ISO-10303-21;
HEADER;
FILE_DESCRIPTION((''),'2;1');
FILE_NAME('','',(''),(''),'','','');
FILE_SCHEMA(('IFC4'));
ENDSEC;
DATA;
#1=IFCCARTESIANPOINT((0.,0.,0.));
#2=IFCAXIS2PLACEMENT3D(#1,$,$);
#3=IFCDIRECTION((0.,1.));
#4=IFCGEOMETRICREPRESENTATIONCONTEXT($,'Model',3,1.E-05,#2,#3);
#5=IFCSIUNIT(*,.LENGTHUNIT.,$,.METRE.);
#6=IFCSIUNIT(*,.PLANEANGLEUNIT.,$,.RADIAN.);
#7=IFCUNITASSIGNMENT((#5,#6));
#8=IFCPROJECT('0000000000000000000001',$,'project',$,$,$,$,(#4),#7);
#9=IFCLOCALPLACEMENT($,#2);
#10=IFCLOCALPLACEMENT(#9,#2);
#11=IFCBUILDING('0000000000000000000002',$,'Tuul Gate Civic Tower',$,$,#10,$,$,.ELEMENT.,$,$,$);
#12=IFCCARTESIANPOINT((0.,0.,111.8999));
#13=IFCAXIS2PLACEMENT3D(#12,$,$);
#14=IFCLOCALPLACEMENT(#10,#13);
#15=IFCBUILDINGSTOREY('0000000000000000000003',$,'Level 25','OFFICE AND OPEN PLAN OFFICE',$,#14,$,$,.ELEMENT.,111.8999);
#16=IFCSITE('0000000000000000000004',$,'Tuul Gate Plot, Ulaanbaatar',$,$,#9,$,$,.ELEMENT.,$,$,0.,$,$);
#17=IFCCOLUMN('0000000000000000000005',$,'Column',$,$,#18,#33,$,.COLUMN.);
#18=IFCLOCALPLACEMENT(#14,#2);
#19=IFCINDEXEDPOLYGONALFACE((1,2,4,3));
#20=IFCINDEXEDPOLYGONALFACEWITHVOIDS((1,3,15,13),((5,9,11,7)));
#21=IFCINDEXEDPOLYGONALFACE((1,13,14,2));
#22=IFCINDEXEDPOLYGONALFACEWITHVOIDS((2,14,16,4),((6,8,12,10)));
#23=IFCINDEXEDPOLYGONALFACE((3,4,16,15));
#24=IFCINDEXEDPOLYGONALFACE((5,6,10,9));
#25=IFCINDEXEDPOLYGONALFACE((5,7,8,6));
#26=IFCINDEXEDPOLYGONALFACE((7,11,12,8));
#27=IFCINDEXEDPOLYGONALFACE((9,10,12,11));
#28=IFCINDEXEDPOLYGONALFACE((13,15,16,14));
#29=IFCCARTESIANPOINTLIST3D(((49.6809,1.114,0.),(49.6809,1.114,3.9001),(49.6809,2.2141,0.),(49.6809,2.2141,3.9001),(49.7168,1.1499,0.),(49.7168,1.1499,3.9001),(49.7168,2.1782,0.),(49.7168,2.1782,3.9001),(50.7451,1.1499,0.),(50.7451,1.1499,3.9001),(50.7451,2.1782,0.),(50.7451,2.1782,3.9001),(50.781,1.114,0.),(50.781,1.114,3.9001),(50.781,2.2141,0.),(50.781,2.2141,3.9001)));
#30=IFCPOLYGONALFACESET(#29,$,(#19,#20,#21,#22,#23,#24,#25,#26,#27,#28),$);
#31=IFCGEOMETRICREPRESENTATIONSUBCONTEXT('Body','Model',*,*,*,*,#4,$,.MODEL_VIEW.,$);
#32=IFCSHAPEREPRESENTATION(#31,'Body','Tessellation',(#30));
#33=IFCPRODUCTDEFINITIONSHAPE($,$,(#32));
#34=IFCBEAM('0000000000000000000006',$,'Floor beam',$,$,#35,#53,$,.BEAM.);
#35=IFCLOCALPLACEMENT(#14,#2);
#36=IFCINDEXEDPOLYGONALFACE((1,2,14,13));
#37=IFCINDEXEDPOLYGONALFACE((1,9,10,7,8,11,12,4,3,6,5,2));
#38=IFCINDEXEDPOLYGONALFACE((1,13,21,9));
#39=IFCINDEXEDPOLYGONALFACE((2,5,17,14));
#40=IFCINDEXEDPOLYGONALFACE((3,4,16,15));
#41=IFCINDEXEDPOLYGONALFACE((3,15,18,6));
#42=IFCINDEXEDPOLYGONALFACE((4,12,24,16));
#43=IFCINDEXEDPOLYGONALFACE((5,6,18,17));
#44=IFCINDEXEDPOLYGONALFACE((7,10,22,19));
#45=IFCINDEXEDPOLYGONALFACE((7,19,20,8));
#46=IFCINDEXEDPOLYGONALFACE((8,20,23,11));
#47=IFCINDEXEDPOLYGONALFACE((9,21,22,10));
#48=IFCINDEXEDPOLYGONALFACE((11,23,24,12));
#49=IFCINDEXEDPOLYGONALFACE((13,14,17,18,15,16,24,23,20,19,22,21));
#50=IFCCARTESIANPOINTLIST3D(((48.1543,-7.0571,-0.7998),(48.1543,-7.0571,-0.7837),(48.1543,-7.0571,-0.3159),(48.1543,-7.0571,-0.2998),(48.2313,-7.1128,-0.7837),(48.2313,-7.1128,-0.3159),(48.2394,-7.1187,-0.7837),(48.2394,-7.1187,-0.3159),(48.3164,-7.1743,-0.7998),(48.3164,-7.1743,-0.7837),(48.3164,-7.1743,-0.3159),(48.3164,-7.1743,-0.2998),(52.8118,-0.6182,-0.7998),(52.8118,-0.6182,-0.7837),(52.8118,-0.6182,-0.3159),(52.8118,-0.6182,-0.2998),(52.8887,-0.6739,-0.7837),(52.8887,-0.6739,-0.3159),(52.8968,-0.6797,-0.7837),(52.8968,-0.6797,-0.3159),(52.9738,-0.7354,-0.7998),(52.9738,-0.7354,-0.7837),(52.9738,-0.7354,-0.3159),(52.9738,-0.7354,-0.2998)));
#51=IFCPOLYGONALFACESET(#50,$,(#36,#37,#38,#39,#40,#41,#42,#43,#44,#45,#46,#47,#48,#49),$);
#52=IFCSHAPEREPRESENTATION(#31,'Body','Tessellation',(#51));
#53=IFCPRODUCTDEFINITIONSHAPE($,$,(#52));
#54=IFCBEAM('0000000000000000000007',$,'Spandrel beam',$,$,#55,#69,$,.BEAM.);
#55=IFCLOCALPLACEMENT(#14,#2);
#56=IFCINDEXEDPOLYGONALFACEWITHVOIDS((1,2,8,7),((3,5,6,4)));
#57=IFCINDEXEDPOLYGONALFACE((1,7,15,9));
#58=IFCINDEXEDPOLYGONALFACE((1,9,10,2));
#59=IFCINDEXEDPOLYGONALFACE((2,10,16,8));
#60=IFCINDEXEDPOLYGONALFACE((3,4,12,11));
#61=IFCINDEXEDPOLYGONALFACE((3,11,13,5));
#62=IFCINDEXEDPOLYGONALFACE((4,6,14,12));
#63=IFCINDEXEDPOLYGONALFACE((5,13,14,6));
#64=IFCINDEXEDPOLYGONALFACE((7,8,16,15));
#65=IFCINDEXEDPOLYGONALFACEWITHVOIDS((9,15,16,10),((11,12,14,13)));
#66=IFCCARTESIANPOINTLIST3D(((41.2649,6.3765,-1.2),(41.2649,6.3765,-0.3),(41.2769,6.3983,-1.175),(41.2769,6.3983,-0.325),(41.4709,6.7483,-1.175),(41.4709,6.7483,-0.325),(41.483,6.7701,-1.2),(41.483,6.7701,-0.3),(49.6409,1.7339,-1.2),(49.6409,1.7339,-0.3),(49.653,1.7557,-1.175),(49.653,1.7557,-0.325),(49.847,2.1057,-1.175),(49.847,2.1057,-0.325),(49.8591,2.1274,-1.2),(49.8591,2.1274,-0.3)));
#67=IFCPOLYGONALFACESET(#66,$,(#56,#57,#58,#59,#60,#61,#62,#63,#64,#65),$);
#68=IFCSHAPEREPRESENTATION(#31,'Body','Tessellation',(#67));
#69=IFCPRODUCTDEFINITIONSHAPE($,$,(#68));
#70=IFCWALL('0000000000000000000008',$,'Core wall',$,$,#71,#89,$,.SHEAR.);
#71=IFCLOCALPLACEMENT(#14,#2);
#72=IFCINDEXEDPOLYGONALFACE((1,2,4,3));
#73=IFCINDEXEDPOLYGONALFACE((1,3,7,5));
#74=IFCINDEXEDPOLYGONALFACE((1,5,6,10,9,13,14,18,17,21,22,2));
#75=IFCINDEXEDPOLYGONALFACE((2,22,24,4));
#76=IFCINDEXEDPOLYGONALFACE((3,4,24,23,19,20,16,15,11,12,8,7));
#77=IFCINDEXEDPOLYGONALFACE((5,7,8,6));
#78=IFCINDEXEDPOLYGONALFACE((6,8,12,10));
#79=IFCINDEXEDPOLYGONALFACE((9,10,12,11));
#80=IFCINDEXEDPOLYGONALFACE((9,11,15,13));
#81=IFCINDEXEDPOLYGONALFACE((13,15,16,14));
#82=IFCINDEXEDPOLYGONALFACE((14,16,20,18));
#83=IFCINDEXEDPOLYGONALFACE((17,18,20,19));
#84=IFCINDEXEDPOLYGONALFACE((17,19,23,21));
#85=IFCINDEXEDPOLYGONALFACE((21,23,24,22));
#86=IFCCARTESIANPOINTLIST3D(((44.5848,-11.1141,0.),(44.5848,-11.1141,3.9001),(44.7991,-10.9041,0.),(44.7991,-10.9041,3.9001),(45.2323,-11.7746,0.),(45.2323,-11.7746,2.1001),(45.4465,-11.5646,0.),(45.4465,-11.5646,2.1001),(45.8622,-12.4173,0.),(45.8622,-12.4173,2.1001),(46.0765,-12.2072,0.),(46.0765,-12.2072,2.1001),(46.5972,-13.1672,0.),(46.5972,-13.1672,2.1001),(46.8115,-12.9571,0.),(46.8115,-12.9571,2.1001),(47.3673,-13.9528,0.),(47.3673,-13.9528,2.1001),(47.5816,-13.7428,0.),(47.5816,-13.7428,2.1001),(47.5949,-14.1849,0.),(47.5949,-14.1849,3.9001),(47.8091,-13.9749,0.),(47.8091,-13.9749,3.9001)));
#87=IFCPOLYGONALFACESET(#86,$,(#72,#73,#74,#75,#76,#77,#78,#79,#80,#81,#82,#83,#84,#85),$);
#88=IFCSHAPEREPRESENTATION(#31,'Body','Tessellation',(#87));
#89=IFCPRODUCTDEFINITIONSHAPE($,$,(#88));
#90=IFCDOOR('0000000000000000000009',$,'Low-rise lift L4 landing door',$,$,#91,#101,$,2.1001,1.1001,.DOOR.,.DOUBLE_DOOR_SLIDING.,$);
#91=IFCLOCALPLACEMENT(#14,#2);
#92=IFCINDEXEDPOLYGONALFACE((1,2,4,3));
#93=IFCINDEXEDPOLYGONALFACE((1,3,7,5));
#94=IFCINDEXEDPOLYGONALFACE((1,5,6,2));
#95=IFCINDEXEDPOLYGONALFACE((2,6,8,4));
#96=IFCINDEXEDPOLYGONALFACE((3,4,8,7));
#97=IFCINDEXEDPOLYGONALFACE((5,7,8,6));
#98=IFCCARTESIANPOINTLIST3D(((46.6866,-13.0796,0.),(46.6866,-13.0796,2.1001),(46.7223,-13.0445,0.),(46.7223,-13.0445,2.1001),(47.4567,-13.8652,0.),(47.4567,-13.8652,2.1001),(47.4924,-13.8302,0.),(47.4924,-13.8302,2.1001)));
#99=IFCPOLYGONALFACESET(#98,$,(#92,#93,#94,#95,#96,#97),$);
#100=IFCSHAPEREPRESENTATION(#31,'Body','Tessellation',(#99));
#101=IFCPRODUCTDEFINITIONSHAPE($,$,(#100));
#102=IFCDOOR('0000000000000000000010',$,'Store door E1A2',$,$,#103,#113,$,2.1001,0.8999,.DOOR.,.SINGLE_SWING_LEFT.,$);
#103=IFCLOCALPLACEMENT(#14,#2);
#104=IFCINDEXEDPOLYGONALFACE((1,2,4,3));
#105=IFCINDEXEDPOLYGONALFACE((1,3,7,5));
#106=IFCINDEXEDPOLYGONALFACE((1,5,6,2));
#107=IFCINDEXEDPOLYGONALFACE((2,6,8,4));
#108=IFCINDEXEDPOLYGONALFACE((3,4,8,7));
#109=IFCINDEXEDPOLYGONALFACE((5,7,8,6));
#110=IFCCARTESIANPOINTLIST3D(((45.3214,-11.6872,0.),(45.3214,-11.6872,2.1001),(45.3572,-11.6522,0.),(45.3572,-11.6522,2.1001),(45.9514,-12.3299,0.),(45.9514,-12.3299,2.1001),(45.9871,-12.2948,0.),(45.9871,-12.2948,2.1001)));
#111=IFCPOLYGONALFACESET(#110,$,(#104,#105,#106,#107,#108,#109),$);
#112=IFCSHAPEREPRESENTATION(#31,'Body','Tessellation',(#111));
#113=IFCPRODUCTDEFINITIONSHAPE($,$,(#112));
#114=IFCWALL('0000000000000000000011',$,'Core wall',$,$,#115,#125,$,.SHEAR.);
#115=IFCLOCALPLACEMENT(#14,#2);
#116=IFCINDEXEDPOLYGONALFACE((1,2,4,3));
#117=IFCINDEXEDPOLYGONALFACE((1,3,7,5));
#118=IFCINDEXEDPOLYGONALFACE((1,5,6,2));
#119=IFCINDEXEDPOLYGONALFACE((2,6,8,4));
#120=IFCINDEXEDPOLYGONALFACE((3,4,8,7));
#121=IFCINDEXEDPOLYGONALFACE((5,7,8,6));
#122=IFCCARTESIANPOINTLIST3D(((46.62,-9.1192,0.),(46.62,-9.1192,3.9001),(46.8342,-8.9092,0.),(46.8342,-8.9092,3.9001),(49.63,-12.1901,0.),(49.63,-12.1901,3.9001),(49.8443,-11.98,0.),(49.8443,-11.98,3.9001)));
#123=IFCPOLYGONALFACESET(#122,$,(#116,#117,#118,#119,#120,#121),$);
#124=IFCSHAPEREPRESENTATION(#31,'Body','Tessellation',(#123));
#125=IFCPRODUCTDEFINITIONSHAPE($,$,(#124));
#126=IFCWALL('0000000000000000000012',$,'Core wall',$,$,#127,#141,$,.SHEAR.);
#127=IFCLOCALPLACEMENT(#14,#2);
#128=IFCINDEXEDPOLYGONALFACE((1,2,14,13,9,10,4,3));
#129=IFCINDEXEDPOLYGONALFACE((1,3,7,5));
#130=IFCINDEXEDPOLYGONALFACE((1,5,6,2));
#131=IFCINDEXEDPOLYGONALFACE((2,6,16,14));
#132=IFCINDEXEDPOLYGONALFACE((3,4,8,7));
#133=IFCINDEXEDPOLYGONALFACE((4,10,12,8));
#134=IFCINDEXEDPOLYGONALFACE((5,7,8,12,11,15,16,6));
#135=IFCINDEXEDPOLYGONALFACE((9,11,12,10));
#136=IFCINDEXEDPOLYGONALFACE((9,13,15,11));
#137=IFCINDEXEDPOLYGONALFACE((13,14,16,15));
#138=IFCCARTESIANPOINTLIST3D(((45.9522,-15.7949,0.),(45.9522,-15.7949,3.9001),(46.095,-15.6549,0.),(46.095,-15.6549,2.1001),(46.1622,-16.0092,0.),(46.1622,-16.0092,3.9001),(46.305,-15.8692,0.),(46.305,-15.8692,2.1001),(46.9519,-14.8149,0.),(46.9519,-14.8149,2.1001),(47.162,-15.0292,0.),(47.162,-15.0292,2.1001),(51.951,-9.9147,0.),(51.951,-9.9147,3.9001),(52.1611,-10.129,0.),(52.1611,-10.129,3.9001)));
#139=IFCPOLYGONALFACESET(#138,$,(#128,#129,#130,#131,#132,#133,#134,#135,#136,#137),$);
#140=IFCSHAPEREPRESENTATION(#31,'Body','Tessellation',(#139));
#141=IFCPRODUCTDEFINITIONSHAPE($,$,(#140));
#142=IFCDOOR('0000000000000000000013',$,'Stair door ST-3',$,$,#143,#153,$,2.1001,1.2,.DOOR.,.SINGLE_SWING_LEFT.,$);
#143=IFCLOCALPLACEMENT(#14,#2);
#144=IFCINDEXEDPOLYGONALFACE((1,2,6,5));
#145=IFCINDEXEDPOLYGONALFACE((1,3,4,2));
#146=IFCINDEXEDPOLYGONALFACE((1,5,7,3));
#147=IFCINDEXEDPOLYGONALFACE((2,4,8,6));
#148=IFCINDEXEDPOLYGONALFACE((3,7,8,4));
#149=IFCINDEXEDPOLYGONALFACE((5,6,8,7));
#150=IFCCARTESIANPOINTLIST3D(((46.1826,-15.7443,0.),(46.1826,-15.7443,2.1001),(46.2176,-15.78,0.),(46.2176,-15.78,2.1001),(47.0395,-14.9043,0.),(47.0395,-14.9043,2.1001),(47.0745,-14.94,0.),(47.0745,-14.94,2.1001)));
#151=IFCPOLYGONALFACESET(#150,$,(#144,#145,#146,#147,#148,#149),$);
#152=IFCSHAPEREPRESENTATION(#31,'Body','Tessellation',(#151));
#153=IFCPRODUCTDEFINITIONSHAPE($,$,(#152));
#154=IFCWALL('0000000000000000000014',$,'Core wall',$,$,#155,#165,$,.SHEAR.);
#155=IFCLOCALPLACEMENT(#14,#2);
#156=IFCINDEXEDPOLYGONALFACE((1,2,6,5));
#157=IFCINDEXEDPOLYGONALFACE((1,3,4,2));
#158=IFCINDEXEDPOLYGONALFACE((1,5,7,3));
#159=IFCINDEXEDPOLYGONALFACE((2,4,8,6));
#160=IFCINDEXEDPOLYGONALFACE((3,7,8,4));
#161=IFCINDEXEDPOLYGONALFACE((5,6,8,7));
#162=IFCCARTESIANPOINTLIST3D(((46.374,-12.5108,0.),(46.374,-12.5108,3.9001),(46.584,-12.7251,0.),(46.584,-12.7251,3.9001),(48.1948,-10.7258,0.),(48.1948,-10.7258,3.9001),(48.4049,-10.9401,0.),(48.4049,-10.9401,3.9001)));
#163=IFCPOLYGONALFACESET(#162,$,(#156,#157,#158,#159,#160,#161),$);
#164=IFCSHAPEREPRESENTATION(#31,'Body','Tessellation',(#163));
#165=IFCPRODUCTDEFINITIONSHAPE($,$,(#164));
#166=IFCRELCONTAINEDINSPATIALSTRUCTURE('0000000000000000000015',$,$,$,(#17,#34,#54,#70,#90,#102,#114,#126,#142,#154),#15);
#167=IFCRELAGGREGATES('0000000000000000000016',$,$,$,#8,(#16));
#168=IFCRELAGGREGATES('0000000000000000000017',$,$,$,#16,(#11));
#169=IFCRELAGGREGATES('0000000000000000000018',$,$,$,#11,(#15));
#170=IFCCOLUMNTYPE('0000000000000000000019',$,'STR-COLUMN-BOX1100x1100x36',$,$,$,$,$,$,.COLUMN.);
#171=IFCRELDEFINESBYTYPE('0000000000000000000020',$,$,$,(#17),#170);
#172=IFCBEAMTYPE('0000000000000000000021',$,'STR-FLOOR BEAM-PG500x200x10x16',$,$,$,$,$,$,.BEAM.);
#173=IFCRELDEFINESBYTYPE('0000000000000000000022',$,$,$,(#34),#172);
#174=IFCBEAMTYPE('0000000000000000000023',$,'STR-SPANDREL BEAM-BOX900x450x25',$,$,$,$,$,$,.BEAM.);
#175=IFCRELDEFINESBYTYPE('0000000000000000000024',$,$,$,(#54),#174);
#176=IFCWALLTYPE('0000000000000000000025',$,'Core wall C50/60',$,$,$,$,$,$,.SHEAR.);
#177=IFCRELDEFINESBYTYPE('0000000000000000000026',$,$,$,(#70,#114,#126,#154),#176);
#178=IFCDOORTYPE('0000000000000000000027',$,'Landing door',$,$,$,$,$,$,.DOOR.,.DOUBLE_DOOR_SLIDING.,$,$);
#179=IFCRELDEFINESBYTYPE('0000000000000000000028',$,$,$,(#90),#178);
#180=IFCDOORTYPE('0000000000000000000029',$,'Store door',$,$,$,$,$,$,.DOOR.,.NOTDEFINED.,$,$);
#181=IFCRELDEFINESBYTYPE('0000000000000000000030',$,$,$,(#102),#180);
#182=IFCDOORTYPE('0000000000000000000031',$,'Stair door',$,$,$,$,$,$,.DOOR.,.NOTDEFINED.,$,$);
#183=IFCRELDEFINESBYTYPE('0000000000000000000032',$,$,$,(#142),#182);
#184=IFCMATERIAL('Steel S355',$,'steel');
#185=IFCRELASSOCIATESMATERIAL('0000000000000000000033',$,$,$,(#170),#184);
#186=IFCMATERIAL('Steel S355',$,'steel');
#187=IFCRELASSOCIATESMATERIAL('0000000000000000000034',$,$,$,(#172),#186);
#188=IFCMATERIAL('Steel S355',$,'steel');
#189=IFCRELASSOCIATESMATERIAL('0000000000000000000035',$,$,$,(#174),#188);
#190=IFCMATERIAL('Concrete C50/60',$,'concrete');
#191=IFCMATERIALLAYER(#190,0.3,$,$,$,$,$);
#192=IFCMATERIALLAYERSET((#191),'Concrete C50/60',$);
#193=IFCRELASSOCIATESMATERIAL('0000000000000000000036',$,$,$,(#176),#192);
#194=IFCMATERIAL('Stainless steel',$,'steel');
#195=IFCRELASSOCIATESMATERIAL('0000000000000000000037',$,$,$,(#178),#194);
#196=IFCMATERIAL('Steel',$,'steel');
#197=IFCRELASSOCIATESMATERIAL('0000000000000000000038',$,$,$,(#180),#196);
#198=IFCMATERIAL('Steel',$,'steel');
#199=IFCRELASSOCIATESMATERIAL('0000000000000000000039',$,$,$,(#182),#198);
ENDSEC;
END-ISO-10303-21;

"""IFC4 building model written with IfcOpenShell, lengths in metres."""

from ifc_helpers import new_model, si_unit, direction, frame, frame_2d, origin, origin_2d, place, context, subcontext, project, spatial, rectangle, hollow_rectangle, i_section, extrude, material, layer, layer_set, material_profile, profile_set, type_object, element, fill, save


model = new_model("IFC4")

# Units and contexts
model_context = context("Model", 3, precision=1e-05, world=origin(), true_north=direction((0.0, 1.0)))
body_context = subcontext(model_context, "Body", "Model", "MODEL_VIEW")
ifc_project = project(units=[si_unit("LENGTHUNIT", "METRE"), si_unit("PLANEANGLEUNIT", "RADIAN")], contexts=[model_context])

# Site, building, storey
site_placement = place(None, origin())
site = spatial("IfcSite", under=ifc_project, at=site_placement, Name="Tuul Gate Plot, Ulaanbaatar", CompositionType="ELEMENT", RefElevation=0.0)
building_placement = place(site_placement, origin())
building = spatial("IfcBuilding", under=site, at=building_placement, Name="Tuul Gate Civic Tower", CompositionType="ELEMENT")
storey_placement = place(building_placement, frame((0.0, 0.0, 111.8999)))
storey = spatial("IfcBuildingStorey", under=building, at=storey_placement, Name="Level 25", Description="OFFICE AND OPEN PLAN OFFICE", CompositionType="ELEMENT", Elevation=111.8999)

# Column
ifc_material_1 = material(Name="Steel S355", Category="steel")
ifc_material_profile_1 = material_profile(ifc_material_1, hollow_rectangle(XDim=1.1001, YDim=1.1001, WallThickness=0.0359, at=origin_2d()), Name="BOX1100x1100x36")
ifc_profile_set_1 = profile_set([ifc_material_profile_1], Name="Steel S355")
column_type = type_object("IfcColumnType", Name="STR-COLUMN-BOX1100x1100x36", PredefinedType="COLUMN", material=ifc_profile_set_1)
column_placement = place(storey_placement, frame((50.231, 1.6641, 0.0), z_axis=(0.0, 0.0, 1.0), x_axis=(1.0, 0.0, 0.0)))
element("IfcColumn", 1, at=column_placement, inside=storey, type_object=column_type, Name="Column", PredefinedType="COLUMN", context=body_context, shape_type="SweptSolid", body=[
    extrude(hollow_rectangle(XDim=1.1001, YDim=1.1001, WallThickness=0.0359, at=origin_2d()), origin(), (0.0, 0.0, 1.0), 3.9001),
])

# Beams
ifc_material_2 = material(Name="Steel S355", Category="steel")
ifc_material_profile_2 = material_profile(ifc_material_2, i_section(OverallWidth=0.2, OverallDepth=0.5, WebThickness=0.01, FlangeThickness=0.0161, at=origin_2d()), Name="PG500x200x10x16")
ifc_profile_set_2 = profile_set([ifc_material_profile_2], Name="Steel S355")
beam_type_1 = type_object("IfcBeamType", Name="STR-FLOOR BEAM-PG500x200x10x16", PredefinedType="BEAM", material=ifc_profile_set_2)
beam_1_placement = place(storey_placement, frame((48.2354, -7.1157, -0.5498), z_axis=(0.586078, 0.810255, 0.0), x_axis=(-0.810255, 0.586078, 0.0)))
element("IfcBeam", 2, at=beam_1_placement, inside=storey, type_object=beam_type_1, Name="Floor beam", PredefinedType="BEAM", context=body_context, shape_type="SweptSolid", body=[
    extrude(i_section(OverallWidth=0.2, OverallDepth=0.5, WebThickness=0.01, FlangeThickness=0.0161, at=origin_2d()), origin(), (0.0, 0.0, 1.0), 7.9468),
])
ifc_material_3 = material(Name="Steel S355", Category="steel")
ifc_material_profile_3 = material_profile(ifc_material_3, hollow_rectangle(XDim=0.45, YDim=0.8999, WallThickness=0.0249, at=origin_2d()), Name="BOX900x450x25")
ifc_profile_set_3 = profile_set([ifc_material_profile_3], Name="Steel S355")
beam_type_2 = type_object("IfcBeamType", Name="STR-SPANDREL BEAM-BOX900x450x25", PredefinedType="BEAM", material=ifc_profile_set_3)
beam_2_placement = place(storey_placement, frame((49.75, 1.9307, -0.75), z_axis=(-0.874633, 0.484786, 0.0), x_axis=(-0.484786, -0.874633, 0.0)))
element("IfcBeam", 3, at=beam_2_placement, inside=storey, type_object=beam_type_2, Name="Spandrel beam", PredefinedType="BEAM", context=body_context, shape_type="SweptSolid", body=[
    extrude(hollow_rectangle(XDim=0.45, YDim=0.8999, WallThickness=0.0249, at=origin_2d()), origin(), (0.0, 0.0, 1.0), 9.5767),
])

# Wall, openings, doors
ifc_material_4 = material(Name="Concrete C50/60", Category="concrete")
ifc_layer_1 = layer(ifc_material_4, 0.3)
ifc_layer_set_1 = layer_set([ifc_layer_1], Name="Concrete C50/60")
wall_type_1 = type_object("IfcWallType", Name="Core wall C50/60", PredefinedType="SHEAR", material=ifc_layer_set_1)
wall_1_placement = place(storey_placement, frame((47.7019, -14.0798, 0.0), z_axis=(0.0, 0.0, 1.0), x_axis=(-0.700003, 0.71414, 0.0)))
wall_1 = element("IfcWall", 4, at=wall_1_placement, inside=storey, type_object=wall_type_1, Name="Core wall", PredefinedType="SHEAR", context=body_context, shape_type="SweptSolid", body=[
    extrude(rectangle(XDim=4.3, YDim=0.3, at=frame_2d((2.1499, 0.0))), origin(), (0.0, 0.0, 1.0), 3.9001),
])
opening_1_placement = place(wall_1_placement, frame((0.325, 0.0, 0.0)))
opening_1 = element("IfcOpeningElement", 5, at=opening_1_placement, cuts=wall_1, PredefinedType="OPENING", context=body_context, shape_type="SweptSolid", body=[
    extrude(rectangle(XDim=1.1001, YDim=2.1001, at=frame_2d((0.55, 1.05))), frame((0.0, 0.1602, 0.0), z_axis=(0.0, -1.0, 0.0), x_axis=(1.0, 0.0, 0.0)), (0.0, 0.0, 1.0), 0.3201),
])
opening_2_placement = place(wall_1_placement, frame((2.4751, 0.0, 0.0)))
opening_2 = element("IfcOpeningElement", 6, at=opening_2_placement, cuts=wall_1, PredefinedType="OPENING", context=body_context, shape_type="SweptSolid", body=[
    extrude(rectangle(XDim=0.8999, YDim=2.1001, at=frame_2d((0.45, 1.05))), frame((0.0, 0.1602, 0.0), z_axis=(0.0, -1.0, 0.0), x_axis=(1.0, 0.0, 0.0)), (0.0, 0.0, 1.0), 0.3201),
])
ifc_material_5 = material(Name="Stainless steel", Category="steel")
door_type_1 = type_object("IfcDoorType", Name="Landing door", OperationType="DOUBLE_DOOR_SLIDING", PredefinedType="DOOR", material=ifc_material_5)
door_1_placement = place(opening_1_placement, origin())
door_1 = element("IfcDoor", 7, at=door_1_placement, inside=storey, type_object=door_type_1, Name="Low-rise lift L4 landing door", OperationType="DOUBLE_DOOR_SLIDING", OverallHeight=2.1001, OverallWidth=1.1001, PredefinedType="DOOR", context=body_context, shape_type="SweptSolid", body=[
    extrude(rectangle(XDim=1.1001, YDim=2.1001, at=frame_2d((0.55, 1.05))), frame((0.0, 0.0249, 0.0), z_axis=(0.0, -1.0, 0.0), x_axis=(1.0, 0.0, 0.0)), (0.0, 0.0, 1.0), 0.05),
])
fill(opening_1, door_1)
ifc_material_6 = material(Name="Steel", Category="steel")
door_type_2 = type_object("IfcDoorType", Name="Store door", OperationType="NOTDEFINED", PredefinedType="DOOR", material=ifc_material_6)
door_2_placement = place(opening_2_placement, frame((0.8999, 0.0, 0.0), z_axis=(0.0, 0.0, 1.0), x_axis=(-1.0, 0.0, 0.0)))
door_2 = element("IfcDoor", 8, at=door_2_placement, inside=storey, type_object=door_type_2, Name="Store door E1A2", OperationType="SINGLE_SWING_LEFT", OverallHeight=2.1001, OverallWidth=0.8999, PredefinedType="DOOR", context=body_context, shape_type="SweptSolid", body=[
    extrude(rectangle(XDim=0.8999, YDim=2.1001, at=frame_2d((0.45, 1.05))), frame((0.0, 0.0249, 0.0), z_axis=(0.0, -1.0, 0.0), x_axis=(1.0, 0.0, 0.0)), (0.0, 0.0, 1.0), 0.05),
])
fill(opening_2, door_2)

# Wall
wall_2_placement = place(storey_placement, frame((49.7371, -12.085, 0.0), z_axis=(0.0, 0.0, 1.0), x_axis=(-0.700003, 0.71414, 0.0)))
element("IfcWall", 9, at=wall_2_placement, inside=storey, type_object=wall_type_1, Name="Core wall", PredefinedType="SHEAR", context=body_context, shape_type="SweptSolid", body=[
    extrude(rectangle(XDim=4.3, YDim=0.3, at=frame_2d((2.1499, 0.0))), origin(), (0.0, 0.0, 1.0), 3.9001),
])

# Wall, opening, door
wall_3_placement = place(storey_placement, frame((46.0571, -15.9021, 0.0), z_axis=(0.0, 0.0, 1.0), x_axis=(0.714134, 0.700009, 0.0)))
wall_3 = element("IfcWall", 10, at=wall_3_placement, inside=storey, type_object=wall_type_1, Name="Core wall", PredefinedType="SHEAR", context=body_context, shape_type="SweptSolid", body=[
    extrude(rectangle(XDim=8.4001, YDim=0.3, at=frame_2d((4.2002, 0.0))), origin(), (0.0, 0.0, 1.0), 3.9001),
])
opening_3_placement = place(wall_3_placement, frame((0.2, 0.0, 0.0)))
opening_3 = element("IfcOpeningElement", 11, at=opening_3_placement, cuts=wall_3, PredefinedType="OPENING", context=body_context, shape_type="SweptSolid", body=[
    extrude(rectangle(XDim=1.2, YDim=2.1001, at=frame_2d((0.6001, 1.05))), frame((0.0, 0.1602, 0.0), z_axis=(0.0, -1.0, 0.0), x_axis=(1.0, 0.0, 0.0)), (0.0, 0.0, 1.0), 0.3201),
])
ifc_material_7 = material(Name="Steel", Category="steel")
door_type_3 = type_object("IfcDoorType", Name="Stair door", OperationType="NOTDEFINED", PredefinedType="DOOR", material=ifc_material_7)
door_3_placement = place(opening_3_placement, origin())
door_3 = element("IfcDoor", 12, at=door_3_placement, inside=storey, type_object=door_type_3, Name="Stair door ST-3", OperationType="SINGLE_SWING_LEFT", OverallHeight=2.1001, OverallWidth=1.2, PredefinedType="DOOR", context=body_context, shape_type="SweptSolid", body=[
    extrude(rectangle(XDim=1.2, YDim=2.1001, at=frame_2d((0.6001, 1.05))), frame((0.0, 0.0249, 0.0), z_axis=(0.0, -1.0, 0.0), x_axis=(1.0, 0.0, 0.0)), (0.0, 0.0, 1.0), 0.05),
])
fill(opening_3, door_3)

# Wall
wall_4_placement = place(storey_placement, frame((46.479, -12.6179, 0.0), z_axis=(0.0, 0.0, 1.0), x_axis=(0.714109, 0.700034, 0.0)))
element("IfcWall", 13, at=wall_4_placement, inside=storey, type_object=wall_type_1, Name="Core wall", PredefinedType="SHEAR", context=body_context, shape_type="SweptSolid", body=[
    extrude(rectangle(XDim=2.5498, YDim=0.3, at=frame_2d((1.2749, 0.0))), origin(), (0.0, 0.0, 1.0), 3.9001),
])

save(model, "model.ifc")
